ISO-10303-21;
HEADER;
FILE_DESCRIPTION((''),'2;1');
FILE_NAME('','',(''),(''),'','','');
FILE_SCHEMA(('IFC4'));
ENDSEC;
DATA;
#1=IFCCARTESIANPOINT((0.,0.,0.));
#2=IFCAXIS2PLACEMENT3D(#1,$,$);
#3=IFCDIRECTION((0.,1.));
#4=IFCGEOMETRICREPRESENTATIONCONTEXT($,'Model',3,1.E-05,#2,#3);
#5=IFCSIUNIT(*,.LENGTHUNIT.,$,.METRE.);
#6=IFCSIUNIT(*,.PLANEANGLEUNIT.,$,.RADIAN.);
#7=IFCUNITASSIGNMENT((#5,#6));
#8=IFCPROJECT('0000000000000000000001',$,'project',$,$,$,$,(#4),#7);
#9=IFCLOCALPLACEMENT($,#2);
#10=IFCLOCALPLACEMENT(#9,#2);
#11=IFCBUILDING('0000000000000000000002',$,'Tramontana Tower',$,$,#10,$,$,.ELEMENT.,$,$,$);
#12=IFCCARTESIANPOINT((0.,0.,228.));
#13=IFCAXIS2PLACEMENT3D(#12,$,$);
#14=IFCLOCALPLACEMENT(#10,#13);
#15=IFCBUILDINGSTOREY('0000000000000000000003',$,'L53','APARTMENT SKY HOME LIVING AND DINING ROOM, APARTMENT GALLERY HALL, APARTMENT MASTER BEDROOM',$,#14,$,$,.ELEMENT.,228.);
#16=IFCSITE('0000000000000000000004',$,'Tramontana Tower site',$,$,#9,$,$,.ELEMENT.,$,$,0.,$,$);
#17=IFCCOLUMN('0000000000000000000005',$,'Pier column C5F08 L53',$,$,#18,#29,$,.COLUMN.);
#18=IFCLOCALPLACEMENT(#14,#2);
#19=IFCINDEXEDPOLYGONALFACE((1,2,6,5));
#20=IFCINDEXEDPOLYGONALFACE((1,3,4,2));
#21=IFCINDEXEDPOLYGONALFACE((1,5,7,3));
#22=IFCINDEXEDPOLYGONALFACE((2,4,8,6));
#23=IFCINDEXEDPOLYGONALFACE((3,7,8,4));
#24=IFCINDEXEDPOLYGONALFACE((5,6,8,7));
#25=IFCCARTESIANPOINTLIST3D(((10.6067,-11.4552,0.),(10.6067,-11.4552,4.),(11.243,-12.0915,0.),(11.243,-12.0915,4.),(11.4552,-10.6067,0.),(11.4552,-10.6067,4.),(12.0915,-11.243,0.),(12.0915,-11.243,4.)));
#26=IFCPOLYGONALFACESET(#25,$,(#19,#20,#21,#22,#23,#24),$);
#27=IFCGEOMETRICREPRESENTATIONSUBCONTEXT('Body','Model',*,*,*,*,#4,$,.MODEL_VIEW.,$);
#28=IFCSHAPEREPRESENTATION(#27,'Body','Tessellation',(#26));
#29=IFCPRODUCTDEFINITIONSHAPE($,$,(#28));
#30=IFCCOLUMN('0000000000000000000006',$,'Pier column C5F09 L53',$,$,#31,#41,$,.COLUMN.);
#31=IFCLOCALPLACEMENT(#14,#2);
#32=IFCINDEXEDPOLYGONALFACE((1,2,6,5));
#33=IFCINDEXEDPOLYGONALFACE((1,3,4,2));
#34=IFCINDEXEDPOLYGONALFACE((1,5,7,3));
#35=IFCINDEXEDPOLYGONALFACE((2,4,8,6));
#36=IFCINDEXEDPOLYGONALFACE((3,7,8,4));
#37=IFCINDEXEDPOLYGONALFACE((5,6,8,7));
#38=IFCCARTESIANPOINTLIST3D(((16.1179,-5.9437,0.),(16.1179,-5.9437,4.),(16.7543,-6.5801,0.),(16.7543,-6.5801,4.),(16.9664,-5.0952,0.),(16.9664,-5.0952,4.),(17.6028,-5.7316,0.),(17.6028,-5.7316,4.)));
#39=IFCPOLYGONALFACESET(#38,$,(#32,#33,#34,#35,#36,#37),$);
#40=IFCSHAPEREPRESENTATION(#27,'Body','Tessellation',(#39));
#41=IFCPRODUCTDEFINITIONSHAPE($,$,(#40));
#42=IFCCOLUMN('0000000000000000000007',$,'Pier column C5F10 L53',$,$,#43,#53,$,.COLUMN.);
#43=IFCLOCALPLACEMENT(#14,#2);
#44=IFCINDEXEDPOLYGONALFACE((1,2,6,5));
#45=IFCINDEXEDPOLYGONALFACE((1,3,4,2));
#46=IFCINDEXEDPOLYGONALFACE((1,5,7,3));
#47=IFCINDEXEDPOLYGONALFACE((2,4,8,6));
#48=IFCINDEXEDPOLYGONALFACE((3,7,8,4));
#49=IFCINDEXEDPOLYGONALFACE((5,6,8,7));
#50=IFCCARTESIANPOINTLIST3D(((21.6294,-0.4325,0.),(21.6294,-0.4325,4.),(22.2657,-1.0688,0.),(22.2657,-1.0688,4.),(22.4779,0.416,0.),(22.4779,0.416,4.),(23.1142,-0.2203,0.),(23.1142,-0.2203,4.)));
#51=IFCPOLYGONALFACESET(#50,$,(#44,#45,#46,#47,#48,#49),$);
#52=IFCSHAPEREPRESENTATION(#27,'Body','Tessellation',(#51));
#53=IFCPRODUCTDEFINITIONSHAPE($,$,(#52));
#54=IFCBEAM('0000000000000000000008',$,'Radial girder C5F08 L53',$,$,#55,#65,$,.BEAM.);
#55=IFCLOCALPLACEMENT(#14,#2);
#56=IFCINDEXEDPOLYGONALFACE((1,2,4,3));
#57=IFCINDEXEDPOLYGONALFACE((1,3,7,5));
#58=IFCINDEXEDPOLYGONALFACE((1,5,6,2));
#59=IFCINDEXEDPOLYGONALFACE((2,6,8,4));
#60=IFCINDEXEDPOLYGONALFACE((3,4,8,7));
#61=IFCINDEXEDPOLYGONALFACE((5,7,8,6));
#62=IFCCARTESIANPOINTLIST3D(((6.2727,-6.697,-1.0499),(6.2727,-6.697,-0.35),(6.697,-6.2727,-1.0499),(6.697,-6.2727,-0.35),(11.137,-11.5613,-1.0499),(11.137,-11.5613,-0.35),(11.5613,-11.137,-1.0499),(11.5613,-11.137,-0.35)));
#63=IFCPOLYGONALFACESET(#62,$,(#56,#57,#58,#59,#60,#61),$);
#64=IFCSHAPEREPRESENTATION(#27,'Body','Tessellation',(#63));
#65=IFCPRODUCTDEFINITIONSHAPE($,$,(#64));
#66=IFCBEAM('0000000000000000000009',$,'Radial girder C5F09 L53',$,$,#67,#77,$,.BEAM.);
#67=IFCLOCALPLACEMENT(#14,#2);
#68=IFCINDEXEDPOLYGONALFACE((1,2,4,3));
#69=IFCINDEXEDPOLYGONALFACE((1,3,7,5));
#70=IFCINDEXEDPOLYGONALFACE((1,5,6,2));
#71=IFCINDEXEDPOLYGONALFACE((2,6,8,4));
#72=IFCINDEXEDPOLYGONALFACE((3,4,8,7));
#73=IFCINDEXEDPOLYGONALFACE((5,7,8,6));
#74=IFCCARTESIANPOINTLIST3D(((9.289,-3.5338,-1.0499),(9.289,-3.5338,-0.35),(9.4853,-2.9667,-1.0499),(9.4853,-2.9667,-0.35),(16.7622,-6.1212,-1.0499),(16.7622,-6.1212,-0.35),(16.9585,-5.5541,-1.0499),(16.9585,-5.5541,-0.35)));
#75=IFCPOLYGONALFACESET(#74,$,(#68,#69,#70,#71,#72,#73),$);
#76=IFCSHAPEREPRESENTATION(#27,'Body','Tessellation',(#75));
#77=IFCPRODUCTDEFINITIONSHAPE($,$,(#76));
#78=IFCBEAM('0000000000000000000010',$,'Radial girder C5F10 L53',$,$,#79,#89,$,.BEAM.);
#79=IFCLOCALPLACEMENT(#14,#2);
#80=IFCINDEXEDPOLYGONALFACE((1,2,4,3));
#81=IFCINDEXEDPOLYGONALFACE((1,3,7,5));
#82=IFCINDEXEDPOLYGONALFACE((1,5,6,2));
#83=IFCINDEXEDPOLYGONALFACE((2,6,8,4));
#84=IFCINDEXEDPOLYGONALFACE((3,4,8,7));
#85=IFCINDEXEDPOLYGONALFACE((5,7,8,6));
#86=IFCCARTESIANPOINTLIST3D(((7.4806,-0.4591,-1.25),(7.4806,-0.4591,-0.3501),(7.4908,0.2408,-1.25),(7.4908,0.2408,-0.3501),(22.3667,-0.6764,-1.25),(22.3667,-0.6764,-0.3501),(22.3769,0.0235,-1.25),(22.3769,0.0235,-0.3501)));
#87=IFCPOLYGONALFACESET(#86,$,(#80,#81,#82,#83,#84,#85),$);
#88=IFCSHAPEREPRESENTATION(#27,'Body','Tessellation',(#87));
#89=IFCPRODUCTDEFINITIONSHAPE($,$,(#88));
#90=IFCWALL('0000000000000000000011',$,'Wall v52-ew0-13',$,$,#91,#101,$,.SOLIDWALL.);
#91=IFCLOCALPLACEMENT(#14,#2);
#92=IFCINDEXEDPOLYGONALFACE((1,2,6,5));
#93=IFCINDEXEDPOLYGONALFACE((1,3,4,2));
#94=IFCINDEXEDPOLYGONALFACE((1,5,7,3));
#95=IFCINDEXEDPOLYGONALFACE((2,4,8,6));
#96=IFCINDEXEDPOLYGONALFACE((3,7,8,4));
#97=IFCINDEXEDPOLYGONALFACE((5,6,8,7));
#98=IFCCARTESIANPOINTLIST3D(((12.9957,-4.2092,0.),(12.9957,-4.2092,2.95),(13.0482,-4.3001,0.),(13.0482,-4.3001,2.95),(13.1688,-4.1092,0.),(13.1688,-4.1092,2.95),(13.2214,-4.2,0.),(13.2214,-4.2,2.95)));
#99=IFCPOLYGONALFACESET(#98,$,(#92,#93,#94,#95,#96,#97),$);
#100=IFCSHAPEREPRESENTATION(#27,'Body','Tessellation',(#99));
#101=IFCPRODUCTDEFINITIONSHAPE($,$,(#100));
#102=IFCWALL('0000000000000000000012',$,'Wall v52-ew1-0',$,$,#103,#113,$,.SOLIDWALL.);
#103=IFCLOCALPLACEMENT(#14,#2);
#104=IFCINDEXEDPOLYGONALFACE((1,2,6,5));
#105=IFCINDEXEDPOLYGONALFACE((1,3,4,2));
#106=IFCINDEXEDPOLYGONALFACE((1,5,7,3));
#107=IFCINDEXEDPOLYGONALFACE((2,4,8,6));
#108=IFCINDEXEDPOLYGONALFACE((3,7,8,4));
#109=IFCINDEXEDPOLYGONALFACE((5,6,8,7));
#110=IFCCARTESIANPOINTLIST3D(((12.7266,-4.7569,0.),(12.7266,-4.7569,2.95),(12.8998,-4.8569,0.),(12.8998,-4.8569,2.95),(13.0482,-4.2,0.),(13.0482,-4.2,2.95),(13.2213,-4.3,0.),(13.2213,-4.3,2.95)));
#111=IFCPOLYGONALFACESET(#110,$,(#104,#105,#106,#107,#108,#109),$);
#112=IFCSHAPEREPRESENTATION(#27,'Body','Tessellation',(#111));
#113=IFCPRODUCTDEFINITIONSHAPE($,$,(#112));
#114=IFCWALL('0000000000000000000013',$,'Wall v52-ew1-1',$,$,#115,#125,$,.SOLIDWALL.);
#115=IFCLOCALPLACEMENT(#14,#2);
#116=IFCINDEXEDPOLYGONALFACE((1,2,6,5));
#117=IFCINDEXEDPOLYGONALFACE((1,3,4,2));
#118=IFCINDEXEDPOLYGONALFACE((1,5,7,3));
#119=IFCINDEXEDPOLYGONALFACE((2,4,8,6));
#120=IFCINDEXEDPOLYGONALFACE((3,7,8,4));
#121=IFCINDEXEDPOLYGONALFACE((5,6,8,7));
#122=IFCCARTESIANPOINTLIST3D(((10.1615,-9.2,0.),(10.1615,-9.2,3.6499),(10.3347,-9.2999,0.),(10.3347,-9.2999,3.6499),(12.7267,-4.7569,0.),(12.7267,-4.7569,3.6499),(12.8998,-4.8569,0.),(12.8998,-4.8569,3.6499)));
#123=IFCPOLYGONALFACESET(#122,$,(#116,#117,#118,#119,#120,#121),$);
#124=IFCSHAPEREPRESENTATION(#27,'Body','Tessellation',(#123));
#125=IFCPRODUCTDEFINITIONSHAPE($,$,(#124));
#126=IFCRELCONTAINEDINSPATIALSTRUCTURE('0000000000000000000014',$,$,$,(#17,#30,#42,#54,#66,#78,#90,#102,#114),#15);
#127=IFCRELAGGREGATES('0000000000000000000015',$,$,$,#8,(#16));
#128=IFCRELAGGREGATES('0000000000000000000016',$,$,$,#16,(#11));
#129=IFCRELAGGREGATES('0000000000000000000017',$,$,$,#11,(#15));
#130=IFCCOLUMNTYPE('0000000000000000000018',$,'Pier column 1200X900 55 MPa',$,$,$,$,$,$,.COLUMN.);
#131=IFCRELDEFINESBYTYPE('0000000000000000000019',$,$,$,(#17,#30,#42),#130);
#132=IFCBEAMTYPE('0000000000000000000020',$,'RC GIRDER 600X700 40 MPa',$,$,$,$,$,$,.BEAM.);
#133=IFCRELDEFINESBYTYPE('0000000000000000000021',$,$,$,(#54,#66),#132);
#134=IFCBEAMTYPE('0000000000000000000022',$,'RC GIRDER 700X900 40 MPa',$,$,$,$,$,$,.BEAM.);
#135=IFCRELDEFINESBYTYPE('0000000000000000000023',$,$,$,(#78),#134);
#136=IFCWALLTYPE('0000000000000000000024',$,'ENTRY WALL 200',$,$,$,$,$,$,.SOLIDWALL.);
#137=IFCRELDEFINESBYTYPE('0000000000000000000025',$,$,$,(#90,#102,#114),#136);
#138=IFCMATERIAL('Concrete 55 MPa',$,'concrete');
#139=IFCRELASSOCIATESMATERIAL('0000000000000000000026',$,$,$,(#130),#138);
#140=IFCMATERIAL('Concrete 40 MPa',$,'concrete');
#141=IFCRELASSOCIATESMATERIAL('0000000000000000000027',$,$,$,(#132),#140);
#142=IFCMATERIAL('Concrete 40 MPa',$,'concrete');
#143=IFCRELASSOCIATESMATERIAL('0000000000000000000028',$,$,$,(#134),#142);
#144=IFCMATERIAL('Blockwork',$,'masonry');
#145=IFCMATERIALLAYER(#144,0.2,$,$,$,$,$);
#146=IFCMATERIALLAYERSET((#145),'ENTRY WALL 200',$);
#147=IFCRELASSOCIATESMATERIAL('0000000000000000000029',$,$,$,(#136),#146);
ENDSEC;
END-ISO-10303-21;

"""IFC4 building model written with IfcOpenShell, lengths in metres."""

from ifc_helpers import new_model, si_unit, direction, frame, frame_2d, origin, origin_2d, place, context, subcontext, project, spatial, rectangle, extrude, material, layer, layer_set, material_profile, profile_set, type_object, element, save


model = new_model("IFC4")

# Units and contexts
model_context = context("Model", 3, precision=1e-05, world=origin(), true_north=direction((0.0, 1.0)))
body_context = subcontext(model_context, "Body", "Model", "MODEL_VIEW")
ifc_project = project(units=[si_unit("LENGTHUNIT", "METRE"), si_unit("PLANEANGLEUNIT", "RADIAN")], contexts=[model_context])

# Site, building, storey
site_placement = place(None, origin())
site = spatial("IfcSite", under=ifc_project, at=site_placement, Name="Tramontana Tower site", CompositionType="ELEMENT", RefElevation=0.0)
building_placement = place(site_placement, origin())
building = spatial("IfcBuilding", under=site, at=building_placement, Name="Tramontana Tower", CompositionType="ELEMENT")
storey_placement = place(building_placement, frame((0.0, 0.0, 228.0)))
storey = spatial("IfcBuildingStorey", under=building, at=storey_placement, Name="L53", Description="APARTMENT SKY HOME LIVING AND DINING ROOM, APARTMENT GALLERY HALL, APARTMENT MASTER BEDROOM", CompositionType="ELEMENT", Elevation=228.0)

# Columns
ifc_material_1 = material(Name="Concrete 55 MPa", Category="concrete")
ifc_material_profile_1 = material_profile(ifc_material_1, rectangle(XDim=1.2, YDim=0.8999, at=origin_2d()), Name="Pier column 1200X900 55 MPa")
ifc_profile_set_1 = profile_set([ifc_material_profile_1], Name="Concrete 55 MPa")
column_type = type_object("IfcColumnType", Name="Pier column 1200X900 55 MPa", PredefinedType="COLUMN", material=ifc_profile_set_1)
for number, where, z_axis, x_axis, name in (
    (1, (11.3491, -11.3491, 0.0), (0.0, 0.0, 1.0), (0.707107, 0.707107, 0.0), "Pier column C5F08 L53"),
    (2, (16.8604, -5.8376, 0.0), (0.0, 0.0, 1.0), (0.707107, 0.707107, 0.0), "Pier column C5F09 L53"),
    (3, (22.3718, -0.3264, 0.0), (0.0, 0.0, 1.0), (0.707107, 0.707107, 0.0), "Pier column C5F10 L53"),
):
    element("IfcColumn", number, at=place(storey_placement, frame(where, z_axis=z_axis, x_axis=x_axis)), inside=storey, type_object=column_type, Name=name, PredefinedType="COLUMN", context=body_context, shape_type="SweptSolid", body=[
        extrude(rectangle(XDim=1.2, YDim=0.8999, at=origin_2d()), origin(), (0.0, 0.0, 1.0), 4.0),
    ])

# Beams
ifc_material_2 = material(Name="Concrete 40 MPa", Category="concrete")
ifc_material_profile_2 = material_profile(ifc_material_2, rectangle(XDim=0.6001, YDim=0.7, at=origin_2d()), Name="RC GIRDER 600X700 40 MPa")
ifc_profile_set_2 = profile_set([ifc_material_profile_2], Name="Concrete 40 MPa")
beam_type_1 = type_object("IfcBeamType", Name="RC GIRDER 600X700 40 MPa", PredefinedType="BEAM", material=ifc_profile_set_2)
beam_1_placement = place(storey_placement, frame((11.3491, -11.3491, -0.7), z_axis=(-0.707107, 0.707107, 0.0), x_axis=(-0.707107, -0.707107, 0.0)))
element("IfcBeam", 4, at=beam_1_placement, inside=storey, type_object=beam_type_1, Name="Radial girder C5F08 L53", PredefinedType="BEAM", context=body_context, shape_type="SweptSolid", body=[
    extrude(rectangle(XDim=0.6001, YDim=0.7, at=origin_2d()), origin(), (0.0, 0.0, 1.0), 6.8792),
])
beam_2_placement = place(storey_placement, frame((16.8604, -5.8376, -0.7), z_axis=(-0.944965, 0.327172, 0.0), x_axis=(-0.327172, -0.944965, 0.0)))
element("IfcBeam", 5, at=beam_2_placement, inside=storey, type_object=beam_type_1, Name="Radial girder C5F09 L53", PredefinedType="BEAM", context=body_context, shape_type="SweptSolid", body=[
    extrude(rectangle(XDim=0.6001, YDim=0.7, at=origin_2d()), origin(), (0.0, 0.0, 1.0), 7.9084),
])
ifc_material_3 = material(Name="Concrete 40 MPa", Category="concrete")
ifc_material_profile_3 = material_profile(ifc_material_3, rectangle(XDim=0.7, YDim=0.8999, at=origin_2d()), Name="RC GIRDER 700X900 40 MPa")
ifc_profile_set_3 = profile_set([ifc_material_profile_3], Name="Concrete 40 MPa")
beam_type_2 = type_object("IfcBeamType", Name="RC GIRDER 700X900 40 MPa", PredefinedType="BEAM", material=ifc_profile_set_3)
beam_3_placement = place(storey_placement, frame((22.3718, -0.3264, -0.8), z_axis=(-0.999893, 0.014595, 0.0), x_axis=(-0.014595, -0.999893, 0.0)))
element("IfcBeam", 6, at=beam_3_placement, inside=storey, type_object=beam_type_2, Name="Radial girder C5F10 L53", PredefinedType="BEAM", context=body_context, shape_type="SweptSolid", body=[
    extrude(rectangle(XDim=0.7, YDim=0.8999, at=origin_2d()), origin(), (0.0, 0.0, 1.0), 14.8877),
])

# Walls
ifc_material_4 = material(Name="Blockwork", Category="masonry")
ifc_layer_1 = layer(ifc_material_4, 0.2)
ifc_layer_set_1 = layer_set([ifc_layer_1], Name="ENTRY WALL 200")
wall_type_1 = type_object("IfcWallType", Name="ENTRY WALL 200", PredefinedType="SOLIDWALL", material=ifc_layer_set_1)
wall_1_placement = place(storey_placement, frame((13.0823, -4.1592, 0.0), z_axis=(0.0, 0.0, 1.0), x_axis=(0.500394, -0.865798, 0.0)))
element("IfcWall", 7, at=wall_1_placement, inside=storey, type_object=wall_type_1, Name="Wall v52-ew0-13", PredefinedType="SOLIDWALL", context=body_context, shape_type="SweptSolid", body=[
    extrude(rectangle(XDim=0.105, YDim=0.2, at=frame_2d((0.0525, 0.0))), origin(), (0.0, 0.0, 1.0), 2.95),
])
wall_2_placement = place(storey_placement, frame((13.1348, -4.25, 0.0), z_axis=(0.0, 0.0, 1.0), x_axis=(-0.500018, -0.866015, 0.0)))
element("IfcWall", 8, at=wall_2_placement, inside=storey, type_object=wall_type_1, Name="Wall v52-ew1-0", PredefinedType="SOLIDWALL", context=body_context, shape_type="SweptSolid", body=[
    extrude(rectangle(XDim=0.6431, YDim=0.2, at=frame_2d((0.3215, 0.0))), origin(), (0.0, 0.0, 1.0), 2.95),
])
wall_3_placement = place(storey_placement, frame((12.8132, -4.8069, 0.0), z_axis=(0.0, 0.0, 1.0), x_axis=(-0.499993, -0.866029, 0.0)))
element("IfcWall", 9, at=wall_3_placement, inside=storey, type_object=wall_type_1, Name="Wall v52-ew1-1", PredefinedType="SOLIDWALL", context=body_context, shape_type="SweptSolid", body=[
    extrude(rectangle(XDim=5.1304, YDim=0.2, at=frame_2d((2.5652, 0.0))), origin(), (0.0, 0.0, 1.0), 3.6499),
])

save(model, "model.ifc")
